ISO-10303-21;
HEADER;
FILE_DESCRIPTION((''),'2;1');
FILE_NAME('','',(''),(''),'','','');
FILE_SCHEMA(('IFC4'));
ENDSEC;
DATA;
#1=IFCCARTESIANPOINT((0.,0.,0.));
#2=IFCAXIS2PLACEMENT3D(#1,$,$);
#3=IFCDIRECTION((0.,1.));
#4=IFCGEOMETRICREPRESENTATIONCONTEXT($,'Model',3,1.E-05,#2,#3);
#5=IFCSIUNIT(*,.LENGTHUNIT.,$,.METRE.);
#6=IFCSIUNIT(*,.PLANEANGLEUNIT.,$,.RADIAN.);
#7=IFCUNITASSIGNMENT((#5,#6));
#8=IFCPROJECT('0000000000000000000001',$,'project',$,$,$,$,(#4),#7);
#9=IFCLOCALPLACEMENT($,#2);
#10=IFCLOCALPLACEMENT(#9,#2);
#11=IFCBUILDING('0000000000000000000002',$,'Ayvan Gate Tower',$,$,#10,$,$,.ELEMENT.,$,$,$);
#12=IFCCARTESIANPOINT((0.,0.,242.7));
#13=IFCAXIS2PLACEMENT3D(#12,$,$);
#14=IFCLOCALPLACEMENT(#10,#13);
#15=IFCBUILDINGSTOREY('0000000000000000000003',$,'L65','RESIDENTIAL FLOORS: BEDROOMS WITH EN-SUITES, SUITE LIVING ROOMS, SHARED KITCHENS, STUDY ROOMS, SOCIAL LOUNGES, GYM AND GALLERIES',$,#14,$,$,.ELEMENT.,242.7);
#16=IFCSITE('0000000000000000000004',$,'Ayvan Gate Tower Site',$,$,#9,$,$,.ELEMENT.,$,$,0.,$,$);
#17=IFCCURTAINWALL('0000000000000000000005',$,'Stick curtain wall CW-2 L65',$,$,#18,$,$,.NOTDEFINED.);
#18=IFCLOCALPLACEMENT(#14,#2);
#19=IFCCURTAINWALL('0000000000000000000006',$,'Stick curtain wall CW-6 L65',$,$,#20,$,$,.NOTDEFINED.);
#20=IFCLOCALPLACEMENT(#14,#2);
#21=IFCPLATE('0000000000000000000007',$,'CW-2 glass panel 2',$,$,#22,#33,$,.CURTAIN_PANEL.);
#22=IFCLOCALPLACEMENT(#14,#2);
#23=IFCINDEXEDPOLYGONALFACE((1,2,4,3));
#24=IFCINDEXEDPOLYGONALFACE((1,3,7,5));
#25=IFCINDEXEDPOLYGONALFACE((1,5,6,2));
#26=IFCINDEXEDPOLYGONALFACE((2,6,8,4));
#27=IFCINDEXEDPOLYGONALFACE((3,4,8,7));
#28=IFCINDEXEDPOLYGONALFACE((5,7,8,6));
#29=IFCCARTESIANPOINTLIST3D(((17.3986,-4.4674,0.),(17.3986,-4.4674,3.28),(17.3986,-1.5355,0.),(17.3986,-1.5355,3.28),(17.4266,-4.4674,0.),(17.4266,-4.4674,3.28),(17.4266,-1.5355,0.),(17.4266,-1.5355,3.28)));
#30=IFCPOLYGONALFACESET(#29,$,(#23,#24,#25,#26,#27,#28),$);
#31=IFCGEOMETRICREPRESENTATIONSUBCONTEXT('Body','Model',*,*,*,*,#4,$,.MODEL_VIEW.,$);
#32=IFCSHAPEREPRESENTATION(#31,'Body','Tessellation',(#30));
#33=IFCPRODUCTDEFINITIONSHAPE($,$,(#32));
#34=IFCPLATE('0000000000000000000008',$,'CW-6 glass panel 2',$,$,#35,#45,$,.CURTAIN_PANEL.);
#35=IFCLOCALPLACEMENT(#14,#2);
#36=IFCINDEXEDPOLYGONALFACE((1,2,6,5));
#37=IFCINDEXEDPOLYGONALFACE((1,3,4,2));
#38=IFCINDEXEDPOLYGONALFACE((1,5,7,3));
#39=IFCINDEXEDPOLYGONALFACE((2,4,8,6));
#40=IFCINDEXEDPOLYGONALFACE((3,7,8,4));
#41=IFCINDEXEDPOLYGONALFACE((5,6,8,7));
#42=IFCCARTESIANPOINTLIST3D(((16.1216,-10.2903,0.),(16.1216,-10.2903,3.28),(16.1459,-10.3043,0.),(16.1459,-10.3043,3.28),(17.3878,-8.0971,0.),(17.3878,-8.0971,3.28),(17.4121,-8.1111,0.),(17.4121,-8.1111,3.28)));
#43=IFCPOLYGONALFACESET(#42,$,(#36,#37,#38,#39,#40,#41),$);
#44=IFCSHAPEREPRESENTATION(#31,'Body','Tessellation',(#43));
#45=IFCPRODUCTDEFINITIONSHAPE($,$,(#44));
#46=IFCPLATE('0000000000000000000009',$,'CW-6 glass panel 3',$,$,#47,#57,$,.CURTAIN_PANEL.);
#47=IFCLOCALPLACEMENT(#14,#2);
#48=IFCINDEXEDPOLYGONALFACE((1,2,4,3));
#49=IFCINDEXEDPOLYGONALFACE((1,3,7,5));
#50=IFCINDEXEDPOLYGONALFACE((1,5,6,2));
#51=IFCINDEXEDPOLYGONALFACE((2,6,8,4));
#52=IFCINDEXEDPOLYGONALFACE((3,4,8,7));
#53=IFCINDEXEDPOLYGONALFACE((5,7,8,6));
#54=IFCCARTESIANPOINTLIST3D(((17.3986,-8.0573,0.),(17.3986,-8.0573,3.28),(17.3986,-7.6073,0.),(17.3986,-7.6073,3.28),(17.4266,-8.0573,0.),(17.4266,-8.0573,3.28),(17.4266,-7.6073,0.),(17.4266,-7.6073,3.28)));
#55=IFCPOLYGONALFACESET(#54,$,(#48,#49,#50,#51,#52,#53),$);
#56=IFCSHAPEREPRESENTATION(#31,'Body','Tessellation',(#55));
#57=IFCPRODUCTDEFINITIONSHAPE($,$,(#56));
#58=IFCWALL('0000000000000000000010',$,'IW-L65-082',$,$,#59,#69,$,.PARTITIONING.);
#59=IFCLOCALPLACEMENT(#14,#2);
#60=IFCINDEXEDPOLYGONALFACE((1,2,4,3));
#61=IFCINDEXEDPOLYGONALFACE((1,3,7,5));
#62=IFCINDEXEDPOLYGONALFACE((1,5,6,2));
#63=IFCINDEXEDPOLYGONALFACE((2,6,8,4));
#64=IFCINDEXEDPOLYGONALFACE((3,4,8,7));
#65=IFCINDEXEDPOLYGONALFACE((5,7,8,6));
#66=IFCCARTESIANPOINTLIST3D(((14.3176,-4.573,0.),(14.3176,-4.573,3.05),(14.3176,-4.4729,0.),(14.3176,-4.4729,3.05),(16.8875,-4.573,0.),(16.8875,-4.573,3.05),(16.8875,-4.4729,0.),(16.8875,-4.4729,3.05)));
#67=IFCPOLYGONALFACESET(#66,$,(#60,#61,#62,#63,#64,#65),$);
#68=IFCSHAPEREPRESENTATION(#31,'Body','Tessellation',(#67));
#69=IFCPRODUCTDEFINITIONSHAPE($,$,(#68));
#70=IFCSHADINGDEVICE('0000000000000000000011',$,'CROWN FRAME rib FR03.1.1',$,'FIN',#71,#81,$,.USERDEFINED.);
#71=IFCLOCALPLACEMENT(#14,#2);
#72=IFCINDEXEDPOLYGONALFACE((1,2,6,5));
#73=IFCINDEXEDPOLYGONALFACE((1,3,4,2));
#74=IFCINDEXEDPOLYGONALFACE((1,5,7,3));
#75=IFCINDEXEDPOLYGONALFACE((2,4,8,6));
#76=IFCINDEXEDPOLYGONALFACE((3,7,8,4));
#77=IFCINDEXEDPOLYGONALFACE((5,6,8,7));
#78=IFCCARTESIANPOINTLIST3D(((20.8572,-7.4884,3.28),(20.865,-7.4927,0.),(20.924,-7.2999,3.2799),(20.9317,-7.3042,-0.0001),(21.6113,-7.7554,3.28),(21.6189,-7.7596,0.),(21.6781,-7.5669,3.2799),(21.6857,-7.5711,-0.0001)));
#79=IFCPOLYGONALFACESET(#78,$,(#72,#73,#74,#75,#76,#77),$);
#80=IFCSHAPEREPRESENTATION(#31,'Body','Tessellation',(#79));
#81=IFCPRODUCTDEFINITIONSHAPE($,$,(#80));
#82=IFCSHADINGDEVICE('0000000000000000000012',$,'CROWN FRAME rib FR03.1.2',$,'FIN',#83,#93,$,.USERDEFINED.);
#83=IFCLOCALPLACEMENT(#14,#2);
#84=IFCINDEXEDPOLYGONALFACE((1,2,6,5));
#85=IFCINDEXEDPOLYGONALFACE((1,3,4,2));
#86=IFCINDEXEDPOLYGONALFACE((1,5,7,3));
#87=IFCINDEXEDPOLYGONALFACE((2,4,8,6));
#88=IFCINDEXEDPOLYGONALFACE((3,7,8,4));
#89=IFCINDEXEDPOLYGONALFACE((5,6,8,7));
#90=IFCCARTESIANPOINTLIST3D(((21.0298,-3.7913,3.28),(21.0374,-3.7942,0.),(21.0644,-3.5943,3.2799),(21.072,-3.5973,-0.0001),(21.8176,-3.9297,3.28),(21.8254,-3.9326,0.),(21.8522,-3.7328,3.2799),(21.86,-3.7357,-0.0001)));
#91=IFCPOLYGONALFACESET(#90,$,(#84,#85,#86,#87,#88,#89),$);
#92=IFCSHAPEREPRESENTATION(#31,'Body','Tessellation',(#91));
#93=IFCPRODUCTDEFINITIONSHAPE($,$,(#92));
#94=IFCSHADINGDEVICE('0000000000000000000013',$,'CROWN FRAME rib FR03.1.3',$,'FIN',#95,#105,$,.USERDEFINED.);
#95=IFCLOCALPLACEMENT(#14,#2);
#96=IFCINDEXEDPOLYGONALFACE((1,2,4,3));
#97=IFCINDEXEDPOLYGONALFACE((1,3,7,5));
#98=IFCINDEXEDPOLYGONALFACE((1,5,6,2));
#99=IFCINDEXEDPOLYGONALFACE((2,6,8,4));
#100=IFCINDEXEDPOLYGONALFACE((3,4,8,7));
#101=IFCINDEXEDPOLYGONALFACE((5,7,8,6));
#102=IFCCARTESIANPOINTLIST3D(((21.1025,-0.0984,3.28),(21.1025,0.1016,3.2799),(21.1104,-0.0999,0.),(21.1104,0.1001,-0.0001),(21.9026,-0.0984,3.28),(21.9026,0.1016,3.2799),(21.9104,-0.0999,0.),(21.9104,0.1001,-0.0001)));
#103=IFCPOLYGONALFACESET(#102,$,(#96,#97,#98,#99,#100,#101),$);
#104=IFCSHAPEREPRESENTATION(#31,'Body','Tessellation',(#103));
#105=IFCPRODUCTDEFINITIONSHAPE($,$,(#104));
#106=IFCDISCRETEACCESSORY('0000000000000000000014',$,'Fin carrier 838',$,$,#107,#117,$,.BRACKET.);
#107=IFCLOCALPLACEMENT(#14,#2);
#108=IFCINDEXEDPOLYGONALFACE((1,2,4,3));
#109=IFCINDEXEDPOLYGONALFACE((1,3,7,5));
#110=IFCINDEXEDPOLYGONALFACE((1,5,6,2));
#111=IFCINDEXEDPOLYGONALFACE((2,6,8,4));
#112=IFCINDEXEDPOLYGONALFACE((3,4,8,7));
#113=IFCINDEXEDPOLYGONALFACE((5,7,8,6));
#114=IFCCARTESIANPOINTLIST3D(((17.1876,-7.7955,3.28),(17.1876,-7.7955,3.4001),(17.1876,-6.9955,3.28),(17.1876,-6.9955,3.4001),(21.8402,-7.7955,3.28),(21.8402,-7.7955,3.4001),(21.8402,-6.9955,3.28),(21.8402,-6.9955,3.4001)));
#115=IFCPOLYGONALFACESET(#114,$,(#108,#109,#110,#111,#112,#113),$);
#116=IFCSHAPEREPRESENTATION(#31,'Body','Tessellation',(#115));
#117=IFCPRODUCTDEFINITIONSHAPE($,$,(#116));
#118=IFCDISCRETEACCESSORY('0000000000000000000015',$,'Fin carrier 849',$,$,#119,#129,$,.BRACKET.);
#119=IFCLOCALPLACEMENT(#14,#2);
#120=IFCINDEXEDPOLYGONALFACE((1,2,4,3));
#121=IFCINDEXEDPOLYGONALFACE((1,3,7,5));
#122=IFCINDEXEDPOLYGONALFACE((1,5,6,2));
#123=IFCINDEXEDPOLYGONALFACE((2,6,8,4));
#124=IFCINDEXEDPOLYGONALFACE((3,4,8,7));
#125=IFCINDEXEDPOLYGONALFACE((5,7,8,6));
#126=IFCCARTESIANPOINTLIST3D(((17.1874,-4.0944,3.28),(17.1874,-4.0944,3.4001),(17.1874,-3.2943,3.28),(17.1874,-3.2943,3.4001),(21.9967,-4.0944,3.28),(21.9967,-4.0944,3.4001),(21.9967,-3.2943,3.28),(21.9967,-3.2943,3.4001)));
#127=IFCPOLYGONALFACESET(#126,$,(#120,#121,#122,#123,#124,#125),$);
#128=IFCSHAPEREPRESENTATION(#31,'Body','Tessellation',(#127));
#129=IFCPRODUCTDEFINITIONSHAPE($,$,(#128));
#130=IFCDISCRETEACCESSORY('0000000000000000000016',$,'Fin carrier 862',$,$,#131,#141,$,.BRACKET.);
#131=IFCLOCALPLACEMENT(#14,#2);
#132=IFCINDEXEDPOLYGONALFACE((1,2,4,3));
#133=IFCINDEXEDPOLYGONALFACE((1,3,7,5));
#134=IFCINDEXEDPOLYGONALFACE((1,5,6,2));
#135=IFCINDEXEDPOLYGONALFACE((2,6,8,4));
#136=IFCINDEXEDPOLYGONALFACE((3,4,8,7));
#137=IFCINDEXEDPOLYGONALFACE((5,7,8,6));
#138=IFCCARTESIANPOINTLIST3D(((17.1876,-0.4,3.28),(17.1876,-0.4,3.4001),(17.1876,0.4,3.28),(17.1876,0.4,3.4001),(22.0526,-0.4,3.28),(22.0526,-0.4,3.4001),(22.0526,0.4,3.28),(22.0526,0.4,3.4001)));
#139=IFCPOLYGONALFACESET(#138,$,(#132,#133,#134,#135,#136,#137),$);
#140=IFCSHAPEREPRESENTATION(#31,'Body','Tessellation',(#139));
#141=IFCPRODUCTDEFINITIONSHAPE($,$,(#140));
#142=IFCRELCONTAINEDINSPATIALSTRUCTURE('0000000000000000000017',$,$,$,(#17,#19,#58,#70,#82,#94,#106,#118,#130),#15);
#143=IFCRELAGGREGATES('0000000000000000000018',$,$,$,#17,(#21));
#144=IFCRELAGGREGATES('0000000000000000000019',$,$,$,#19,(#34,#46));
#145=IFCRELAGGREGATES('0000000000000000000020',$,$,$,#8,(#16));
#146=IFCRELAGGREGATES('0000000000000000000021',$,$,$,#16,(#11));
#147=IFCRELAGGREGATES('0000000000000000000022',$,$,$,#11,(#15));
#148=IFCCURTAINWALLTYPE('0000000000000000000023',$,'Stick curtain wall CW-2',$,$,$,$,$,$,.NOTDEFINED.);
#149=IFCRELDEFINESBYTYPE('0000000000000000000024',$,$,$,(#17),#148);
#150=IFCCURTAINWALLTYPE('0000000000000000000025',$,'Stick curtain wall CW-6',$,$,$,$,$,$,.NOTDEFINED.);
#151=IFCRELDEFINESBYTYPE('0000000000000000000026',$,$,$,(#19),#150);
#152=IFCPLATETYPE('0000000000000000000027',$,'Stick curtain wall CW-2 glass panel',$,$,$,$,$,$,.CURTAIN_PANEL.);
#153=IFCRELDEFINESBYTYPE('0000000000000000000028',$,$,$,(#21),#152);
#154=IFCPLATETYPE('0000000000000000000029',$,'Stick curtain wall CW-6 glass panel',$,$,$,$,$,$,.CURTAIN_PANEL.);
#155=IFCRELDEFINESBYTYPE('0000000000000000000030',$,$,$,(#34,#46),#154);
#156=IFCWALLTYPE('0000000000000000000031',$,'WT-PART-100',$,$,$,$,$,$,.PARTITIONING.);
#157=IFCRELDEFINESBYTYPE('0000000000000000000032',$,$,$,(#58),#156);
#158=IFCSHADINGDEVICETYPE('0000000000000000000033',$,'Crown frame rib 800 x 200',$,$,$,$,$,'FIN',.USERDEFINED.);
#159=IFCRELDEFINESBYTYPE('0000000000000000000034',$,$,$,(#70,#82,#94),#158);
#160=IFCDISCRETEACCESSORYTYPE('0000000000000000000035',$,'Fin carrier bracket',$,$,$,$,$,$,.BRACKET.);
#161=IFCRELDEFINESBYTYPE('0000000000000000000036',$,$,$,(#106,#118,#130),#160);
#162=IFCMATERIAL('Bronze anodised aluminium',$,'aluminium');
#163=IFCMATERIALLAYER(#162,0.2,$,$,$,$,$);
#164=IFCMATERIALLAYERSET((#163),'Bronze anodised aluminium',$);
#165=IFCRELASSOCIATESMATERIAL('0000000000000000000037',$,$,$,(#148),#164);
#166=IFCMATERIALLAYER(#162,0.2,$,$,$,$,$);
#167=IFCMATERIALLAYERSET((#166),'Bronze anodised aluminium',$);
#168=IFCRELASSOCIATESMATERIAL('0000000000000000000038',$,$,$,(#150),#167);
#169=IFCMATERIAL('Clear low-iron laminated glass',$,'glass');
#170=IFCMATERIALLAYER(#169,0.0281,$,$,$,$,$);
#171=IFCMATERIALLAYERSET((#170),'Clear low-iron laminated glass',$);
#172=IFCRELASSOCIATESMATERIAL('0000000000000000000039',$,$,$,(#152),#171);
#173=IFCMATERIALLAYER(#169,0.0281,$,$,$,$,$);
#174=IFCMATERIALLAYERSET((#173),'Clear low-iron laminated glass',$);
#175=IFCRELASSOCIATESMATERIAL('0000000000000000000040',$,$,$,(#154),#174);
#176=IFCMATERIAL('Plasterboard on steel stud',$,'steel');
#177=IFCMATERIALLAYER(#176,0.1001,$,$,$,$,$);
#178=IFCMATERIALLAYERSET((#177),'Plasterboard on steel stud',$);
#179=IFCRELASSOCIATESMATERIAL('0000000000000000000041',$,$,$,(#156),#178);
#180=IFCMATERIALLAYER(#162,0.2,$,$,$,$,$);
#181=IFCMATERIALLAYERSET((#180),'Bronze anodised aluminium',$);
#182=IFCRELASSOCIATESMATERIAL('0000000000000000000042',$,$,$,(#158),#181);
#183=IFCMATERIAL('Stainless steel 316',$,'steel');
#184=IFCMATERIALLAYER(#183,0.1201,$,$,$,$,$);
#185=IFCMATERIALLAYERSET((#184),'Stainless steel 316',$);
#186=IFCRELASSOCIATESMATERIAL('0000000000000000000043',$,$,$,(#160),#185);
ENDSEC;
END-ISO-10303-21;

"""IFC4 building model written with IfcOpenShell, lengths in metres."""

from ifc_helpers import new_model, si_unit, direction, frame, frame_2d, origin, origin_2d, place, context, subcontext, project, spatial, polyline, rectangle, outline, extrude, material, layer, layer_set, type_object, element, aggregate, save


model = new_model("IFC4")

# Units and contexts
model_context = context("Model", 3, precision=1e-05, world=origin(), true_north=direction((0.0, 1.0)))
body_context = subcontext(model_context, "Body", "Model", "MODEL_VIEW")
ifc_project = project(units=[si_unit("LENGTHUNIT", "METRE"), si_unit("PLANEANGLEUNIT", "RADIAN")], contexts=[model_context])

# Site, building, storey
site_placement = place(None, origin())
site = spatial("IfcSite", under=ifc_project, at=site_placement, Name="Ayvan Gate Tower Site", CompositionType="ELEMENT", RefElevation=0.0)
building_placement = place(site_placement, origin())
building = spatial("IfcBuilding", under=site, at=building_placement, Name="Ayvan Gate Tower", CompositionType="ELEMENT")
storey_placement = place(building_placement, frame((0.0, 0.0, 242.7)))
storey = spatial("IfcBuildingStorey", under=building, at=storey_placement, Name="L65", Description="RESIDENTIAL FLOORS: BEDROOMS WITH EN-SUITES, SUITE LIVING ROOMS, SHARED KITCHENS, STUDY ROOMS, SOCIAL LOUNGES, GYM AND GALLERIES", CompositionType="ELEMENT", Elevation=242.7)

# Curtain walls
ifc_material_1 = material(Name="Bronze anodised aluminium", Category="aluminium")
ifc_layer_1 = layer(ifc_material_1, 0.2)
ifc_layer_set_1 = layer_set([ifc_layer_1], Name="Bronze anodised aluminium")
curtain_wall_type_1 = type_object("IfcCurtainWallType", Name="Stick curtain wall CW-2", PredefinedType="NOTDEFINED", material=ifc_layer_set_1)
curtain_wall_1_placement = place(storey_placement, origin())
curtain_wall_1 = element("IfcCurtainWall", 1, at=curtain_wall_1_placement, inside=storey, type_object=curtain_wall_type_1, Name="Stick curtain wall CW-2 L65", PredefinedType="NOTDEFINED")
ifc_layer_2 = layer(ifc_material_1, 0.2)
ifc_layer_set_2 = layer_set([ifc_layer_2], Name="Bronze anodised aluminium")
curtain_wall_type_2 = type_object("IfcCurtainWallType", Name="Stick curtain wall CW-6", PredefinedType="NOTDEFINED", material=ifc_layer_set_2)
curtain_wall_2_placement = place(storey_placement, origin())
curtain_wall_2 = element("IfcCurtainWall", 2, at=curtain_wall_2_placement, inside=storey, type_object=curtain_wall_type_2, Name="Stick curtain wall CW-6 L65", PredefinedType="NOTDEFINED")

# Plates
ifc_material_2 = material(Name="Clear low-iron laminated glass", Category="glass")
ifc_layer_3 = layer(ifc_material_2, 0.0281)
ifc_layer_set_3 = layer_set([ifc_layer_3], Name="Clear low-iron laminated glass")
plate_type_1 = type_object("IfcPlateType", Name="Stick curtain wall CW-2 glass panel", PredefinedType="CURTAIN_PANEL", material=ifc_layer_set_3)
plate_1_placement = place(storey_placement, frame((17.4126, -3.0015, 0.0), z_axis=(0.0, 0.0, 1.0), x_axis=(0.0, 1.0, 0.0)))
plate_1 = element("IfcPlate", 3, at=plate_1_placement, type_object=plate_type_1, Name="CW-2 glass panel 2", PredefinedType="CURTAIN_PANEL", context=body_context, shape_type="SweptSolid", body=[
    extrude(rectangle(XDim=2.9319, YDim=0.0281, at=origin_2d()), origin(), (0.0, 0.0, 1.0), 3.28),
])
aggregate(curtain_wall_1, [plate_1])
ifc_layer_4 = layer(ifc_material_2, 0.0281)
ifc_layer_set_4 = layer_set([ifc_layer_4], Name="Clear low-iron laminated glass")
plate_type_2 = type_object("IfcPlateType", Name="Stick curtain wall CW-6 glass panel", PredefinedType="CURTAIN_PANEL", material=ifc_layer_set_4)
plate_2_placement = place(storey_placement, frame((16.7668, -9.2007, 0.0), z_axis=(0.0, 0.0, 1.0), x_axis=(0.5, 0.866025, 0.0)))
plate_2 = element("IfcPlate", 4, at=plate_2_placement, type_object=plate_type_2, Name="CW-6 glass panel 2", PredefinedType="CURTAIN_PANEL", context=body_context, shape_type="SweptSolid", body=[
    extrude(rectangle(XDim=2.5325, YDim=0.0281, at=origin_2d()), origin(), (0.0, 0.0, 1.0), 3.28),
])
plate_3_placement = place(storey_placement, frame((17.4126, -7.8323, 0.0), z_axis=(0.0, 0.0, 1.0), x_axis=(0.0, 1.0, 0.0)))
plate_3 = element("IfcPlate", 5, at=plate_3_placement, type_object=plate_type_2, Name="CW-6 glass panel 3", PredefinedType="CURTAIN_PANEL", context=body_context, shape_type="SweptSolid", body=[
    extrude(rectangle(XDim=0.45, YDim=0.0281, at=origin_2d()), origin(), (0.0, 0.0, 1.0), 3.28),
])
aggregate(curtain_wall_2, [plate_2, plate_3])

# Wall
ifc_material_3 = material(Name="Plasterboard on steel stud", Category="steel")
ifc_layer_5 = layer(ifc_material_3, 0.1001)
ifc_layer_set_5 = layer_set([ifc_layer_5], Name="Plasterboard on steel stud")
wall_type = type_object("IfcWallType", Name="WT-PART-100", PredefinedType="PARTITIONING", material=ifc_layer_set_5)
wall_placement = place(storey_placement, frame((16.8875, -4.5229, 0.0), z_axis=(0.0, 0.0, 1.0), x_axis=(-1.0, 0.0, 0.0)))
element("IfcWall", 6, at=wall_placement, inside=storey, type_object=wall_type, Name="IW-L65-082", PredefinedType="PARTITIONING", context=body_context, shape_type="SweptSolid", body=[
    extrude(rectangle(XDim=2.5698, YDim=0.1001, at=frame_2d((1.2849, 0.0))), origin(), (0.0, 0.0, 1.0), 3.05),
])

# Shading devices
ifc_layer_6 = layer(ifc_material_1, 0.2)
ifc_layer_set_6 = layer_set([ifc_layer_6], Name="Bronze anodised aluminium")
shading_device_type = type_object("IfcShadingDeviceType", Name="Crown frame rib 800 x 200", ElementType="FIN", PredefinedType="USERDEFINED", material=ifc_layer_set_6)
shading_device_1_placement = place(storey_placement, frame((20.865, -7.4927, 0.0), z_axis=(-0.333754, -0.94266, 0.000445), x_axis=(0.94266, -0.333754, 0.0)))
element("IfcShadingDevice", 7, at=shading_device_1_placement, inside=storey, type_object=shading_device_type, Name="CROWN FRAME rib FR03.1.1", ObjectType="FIN", PredefinedType="USERDEFINED", context=body_context, shape_type="SweptSolid", body=[
    extrude(outline(polyline([(0.0, 0.0), (0.7998, 0.0), (0.7912, 3.28), (-0.0088, 3.28), (0.0, 0.0)])), origin(), (0.0, 0.0, -1.0), 0.2),
])
shading_device_2_placement = place(storey_placement, frame((21.0374, -3.7942, 0.0), z_axis=(-0.173028, -0.984917, 0.000474), x_axis=(0.984917, -0.173028, 0.0)))
element("IfcShadingDevice", 8, at=shading_device_2_placement, inside=storey, type_object=shading_device_type, Name="CROWN FRAME rib FR03.1.2", ObjectType="FIN", PredefinedType="USERDEFINED", context=body_context, shape_type="SweptSolid", body=[
    extrude(outline(polyline([(0.0, 0.0), (0.8002, 0.0), (0.7919, 3.28), (-0.008, 3.28), (0.0, 0.0)])), origin(), (0.0, 0.0, -1.0), 0.2),
])
shading_device_3_placement = place(storey_placement, frame((21.1104, -0.0999, 0.0), z_axis=(0.0, -1.0, 0.000447), x_axis=(1.0, 0.0, 0.0)))
element("IfcShadingDevice", 9, at=shading_device_3_placement, inside=storey, type_object=shading_device_type, Name="CROWN FRAME rib FR03.1.3", ObjectType="FIN", PredefinedType="USERDEFINED", context=body_context, shape_type="SweptSolid", body=[
    extrude(outline(polyline([(0.0, 0.0), (0.8, 0.0), (0.7922, 3.28), (-0.0078, 3.28), (0.0, 0.0)])), origin(), (0.0, 0.0, -1.0), 0.2),
])

# Discrete accessories
ifc_material_4 = material(Name="Stainless steel 316", Category="steel")
ifc_layer_7 = layer(ifc_material_4, 0.1201)
ifc_layer_set_7 = layer_set([ifc_layer_7], Name="Stainless steel 316")
discrete_accessory_type = type_object("IfcDiscreteAccessoryType", Name="Fin carrier bracket", PredefinedType="BRACKET", material=ifc_layer_set_7)
discrete_accessory_1_placement = place(storey_placement, frame((19.5139, -7.3955, 3.28), z_axis=(0.0, 0.0, 1.0), x_axis=(0.0, 1.0, 0.0)))
element("IfcDiscreteAccessory", 10, at=discrete_accessory_1_placement, inside=storey, type_object=discrete_accessory_type, Name="Fin carrier 838", PredefinedType="BRACKET", context=body_context, shape_type="SweptSolid", body=[
    extrude(rectangle(XDim=0.8, YDim=4.6526, at=origin_2d()), origin(), (0.0, 0.0, 1.0), 0.1201),
])
discrete_accessory_2_placement = place(storey_placement, frame((19.592, -3.6943, 3.28), z_axis=(0.0, 0.0, 1.0), x_axis=(0.0, 1.0, 0.0)))
element("IfcDiscreteAccessory", 11, at=discrete_accessory_2_placement, inside=storey, type_object=discrete_accessory_type, Name="Fin carrier 849", PredefinedType="BRACKET", context=body_context, shape_type="SweptSolid", body=[
    extrude(rectangle(XDim=0.8, YDim=4.8093, at=origin_2d()), origin(), (0.0, 0.0, 1.0), 0.1201),
])
discrete_accessory_3_placement = place(storey_placement, frame((19.6201, 0.0, 3.28), z_axis=(0.0, 0.0, 1.0), x_axis=(0.0, 1.0, 0.0)))
element("IfcDiscreteAccessory", 12, at=discrete_accessory_3_placement, inside=storey, type_object=discrete_accessory_type, Name="Fin carrier 862", PredefinedType="BRACKET", context=body_context, shape_type="SweptSolid", body=[
    extrude(rectangle(XDim=0.8, YDim=4.865, at=origin_2d()), origin(), (0.0, 0.0, 1.0), 0.1201),
])

save(model, "model.ifc")
